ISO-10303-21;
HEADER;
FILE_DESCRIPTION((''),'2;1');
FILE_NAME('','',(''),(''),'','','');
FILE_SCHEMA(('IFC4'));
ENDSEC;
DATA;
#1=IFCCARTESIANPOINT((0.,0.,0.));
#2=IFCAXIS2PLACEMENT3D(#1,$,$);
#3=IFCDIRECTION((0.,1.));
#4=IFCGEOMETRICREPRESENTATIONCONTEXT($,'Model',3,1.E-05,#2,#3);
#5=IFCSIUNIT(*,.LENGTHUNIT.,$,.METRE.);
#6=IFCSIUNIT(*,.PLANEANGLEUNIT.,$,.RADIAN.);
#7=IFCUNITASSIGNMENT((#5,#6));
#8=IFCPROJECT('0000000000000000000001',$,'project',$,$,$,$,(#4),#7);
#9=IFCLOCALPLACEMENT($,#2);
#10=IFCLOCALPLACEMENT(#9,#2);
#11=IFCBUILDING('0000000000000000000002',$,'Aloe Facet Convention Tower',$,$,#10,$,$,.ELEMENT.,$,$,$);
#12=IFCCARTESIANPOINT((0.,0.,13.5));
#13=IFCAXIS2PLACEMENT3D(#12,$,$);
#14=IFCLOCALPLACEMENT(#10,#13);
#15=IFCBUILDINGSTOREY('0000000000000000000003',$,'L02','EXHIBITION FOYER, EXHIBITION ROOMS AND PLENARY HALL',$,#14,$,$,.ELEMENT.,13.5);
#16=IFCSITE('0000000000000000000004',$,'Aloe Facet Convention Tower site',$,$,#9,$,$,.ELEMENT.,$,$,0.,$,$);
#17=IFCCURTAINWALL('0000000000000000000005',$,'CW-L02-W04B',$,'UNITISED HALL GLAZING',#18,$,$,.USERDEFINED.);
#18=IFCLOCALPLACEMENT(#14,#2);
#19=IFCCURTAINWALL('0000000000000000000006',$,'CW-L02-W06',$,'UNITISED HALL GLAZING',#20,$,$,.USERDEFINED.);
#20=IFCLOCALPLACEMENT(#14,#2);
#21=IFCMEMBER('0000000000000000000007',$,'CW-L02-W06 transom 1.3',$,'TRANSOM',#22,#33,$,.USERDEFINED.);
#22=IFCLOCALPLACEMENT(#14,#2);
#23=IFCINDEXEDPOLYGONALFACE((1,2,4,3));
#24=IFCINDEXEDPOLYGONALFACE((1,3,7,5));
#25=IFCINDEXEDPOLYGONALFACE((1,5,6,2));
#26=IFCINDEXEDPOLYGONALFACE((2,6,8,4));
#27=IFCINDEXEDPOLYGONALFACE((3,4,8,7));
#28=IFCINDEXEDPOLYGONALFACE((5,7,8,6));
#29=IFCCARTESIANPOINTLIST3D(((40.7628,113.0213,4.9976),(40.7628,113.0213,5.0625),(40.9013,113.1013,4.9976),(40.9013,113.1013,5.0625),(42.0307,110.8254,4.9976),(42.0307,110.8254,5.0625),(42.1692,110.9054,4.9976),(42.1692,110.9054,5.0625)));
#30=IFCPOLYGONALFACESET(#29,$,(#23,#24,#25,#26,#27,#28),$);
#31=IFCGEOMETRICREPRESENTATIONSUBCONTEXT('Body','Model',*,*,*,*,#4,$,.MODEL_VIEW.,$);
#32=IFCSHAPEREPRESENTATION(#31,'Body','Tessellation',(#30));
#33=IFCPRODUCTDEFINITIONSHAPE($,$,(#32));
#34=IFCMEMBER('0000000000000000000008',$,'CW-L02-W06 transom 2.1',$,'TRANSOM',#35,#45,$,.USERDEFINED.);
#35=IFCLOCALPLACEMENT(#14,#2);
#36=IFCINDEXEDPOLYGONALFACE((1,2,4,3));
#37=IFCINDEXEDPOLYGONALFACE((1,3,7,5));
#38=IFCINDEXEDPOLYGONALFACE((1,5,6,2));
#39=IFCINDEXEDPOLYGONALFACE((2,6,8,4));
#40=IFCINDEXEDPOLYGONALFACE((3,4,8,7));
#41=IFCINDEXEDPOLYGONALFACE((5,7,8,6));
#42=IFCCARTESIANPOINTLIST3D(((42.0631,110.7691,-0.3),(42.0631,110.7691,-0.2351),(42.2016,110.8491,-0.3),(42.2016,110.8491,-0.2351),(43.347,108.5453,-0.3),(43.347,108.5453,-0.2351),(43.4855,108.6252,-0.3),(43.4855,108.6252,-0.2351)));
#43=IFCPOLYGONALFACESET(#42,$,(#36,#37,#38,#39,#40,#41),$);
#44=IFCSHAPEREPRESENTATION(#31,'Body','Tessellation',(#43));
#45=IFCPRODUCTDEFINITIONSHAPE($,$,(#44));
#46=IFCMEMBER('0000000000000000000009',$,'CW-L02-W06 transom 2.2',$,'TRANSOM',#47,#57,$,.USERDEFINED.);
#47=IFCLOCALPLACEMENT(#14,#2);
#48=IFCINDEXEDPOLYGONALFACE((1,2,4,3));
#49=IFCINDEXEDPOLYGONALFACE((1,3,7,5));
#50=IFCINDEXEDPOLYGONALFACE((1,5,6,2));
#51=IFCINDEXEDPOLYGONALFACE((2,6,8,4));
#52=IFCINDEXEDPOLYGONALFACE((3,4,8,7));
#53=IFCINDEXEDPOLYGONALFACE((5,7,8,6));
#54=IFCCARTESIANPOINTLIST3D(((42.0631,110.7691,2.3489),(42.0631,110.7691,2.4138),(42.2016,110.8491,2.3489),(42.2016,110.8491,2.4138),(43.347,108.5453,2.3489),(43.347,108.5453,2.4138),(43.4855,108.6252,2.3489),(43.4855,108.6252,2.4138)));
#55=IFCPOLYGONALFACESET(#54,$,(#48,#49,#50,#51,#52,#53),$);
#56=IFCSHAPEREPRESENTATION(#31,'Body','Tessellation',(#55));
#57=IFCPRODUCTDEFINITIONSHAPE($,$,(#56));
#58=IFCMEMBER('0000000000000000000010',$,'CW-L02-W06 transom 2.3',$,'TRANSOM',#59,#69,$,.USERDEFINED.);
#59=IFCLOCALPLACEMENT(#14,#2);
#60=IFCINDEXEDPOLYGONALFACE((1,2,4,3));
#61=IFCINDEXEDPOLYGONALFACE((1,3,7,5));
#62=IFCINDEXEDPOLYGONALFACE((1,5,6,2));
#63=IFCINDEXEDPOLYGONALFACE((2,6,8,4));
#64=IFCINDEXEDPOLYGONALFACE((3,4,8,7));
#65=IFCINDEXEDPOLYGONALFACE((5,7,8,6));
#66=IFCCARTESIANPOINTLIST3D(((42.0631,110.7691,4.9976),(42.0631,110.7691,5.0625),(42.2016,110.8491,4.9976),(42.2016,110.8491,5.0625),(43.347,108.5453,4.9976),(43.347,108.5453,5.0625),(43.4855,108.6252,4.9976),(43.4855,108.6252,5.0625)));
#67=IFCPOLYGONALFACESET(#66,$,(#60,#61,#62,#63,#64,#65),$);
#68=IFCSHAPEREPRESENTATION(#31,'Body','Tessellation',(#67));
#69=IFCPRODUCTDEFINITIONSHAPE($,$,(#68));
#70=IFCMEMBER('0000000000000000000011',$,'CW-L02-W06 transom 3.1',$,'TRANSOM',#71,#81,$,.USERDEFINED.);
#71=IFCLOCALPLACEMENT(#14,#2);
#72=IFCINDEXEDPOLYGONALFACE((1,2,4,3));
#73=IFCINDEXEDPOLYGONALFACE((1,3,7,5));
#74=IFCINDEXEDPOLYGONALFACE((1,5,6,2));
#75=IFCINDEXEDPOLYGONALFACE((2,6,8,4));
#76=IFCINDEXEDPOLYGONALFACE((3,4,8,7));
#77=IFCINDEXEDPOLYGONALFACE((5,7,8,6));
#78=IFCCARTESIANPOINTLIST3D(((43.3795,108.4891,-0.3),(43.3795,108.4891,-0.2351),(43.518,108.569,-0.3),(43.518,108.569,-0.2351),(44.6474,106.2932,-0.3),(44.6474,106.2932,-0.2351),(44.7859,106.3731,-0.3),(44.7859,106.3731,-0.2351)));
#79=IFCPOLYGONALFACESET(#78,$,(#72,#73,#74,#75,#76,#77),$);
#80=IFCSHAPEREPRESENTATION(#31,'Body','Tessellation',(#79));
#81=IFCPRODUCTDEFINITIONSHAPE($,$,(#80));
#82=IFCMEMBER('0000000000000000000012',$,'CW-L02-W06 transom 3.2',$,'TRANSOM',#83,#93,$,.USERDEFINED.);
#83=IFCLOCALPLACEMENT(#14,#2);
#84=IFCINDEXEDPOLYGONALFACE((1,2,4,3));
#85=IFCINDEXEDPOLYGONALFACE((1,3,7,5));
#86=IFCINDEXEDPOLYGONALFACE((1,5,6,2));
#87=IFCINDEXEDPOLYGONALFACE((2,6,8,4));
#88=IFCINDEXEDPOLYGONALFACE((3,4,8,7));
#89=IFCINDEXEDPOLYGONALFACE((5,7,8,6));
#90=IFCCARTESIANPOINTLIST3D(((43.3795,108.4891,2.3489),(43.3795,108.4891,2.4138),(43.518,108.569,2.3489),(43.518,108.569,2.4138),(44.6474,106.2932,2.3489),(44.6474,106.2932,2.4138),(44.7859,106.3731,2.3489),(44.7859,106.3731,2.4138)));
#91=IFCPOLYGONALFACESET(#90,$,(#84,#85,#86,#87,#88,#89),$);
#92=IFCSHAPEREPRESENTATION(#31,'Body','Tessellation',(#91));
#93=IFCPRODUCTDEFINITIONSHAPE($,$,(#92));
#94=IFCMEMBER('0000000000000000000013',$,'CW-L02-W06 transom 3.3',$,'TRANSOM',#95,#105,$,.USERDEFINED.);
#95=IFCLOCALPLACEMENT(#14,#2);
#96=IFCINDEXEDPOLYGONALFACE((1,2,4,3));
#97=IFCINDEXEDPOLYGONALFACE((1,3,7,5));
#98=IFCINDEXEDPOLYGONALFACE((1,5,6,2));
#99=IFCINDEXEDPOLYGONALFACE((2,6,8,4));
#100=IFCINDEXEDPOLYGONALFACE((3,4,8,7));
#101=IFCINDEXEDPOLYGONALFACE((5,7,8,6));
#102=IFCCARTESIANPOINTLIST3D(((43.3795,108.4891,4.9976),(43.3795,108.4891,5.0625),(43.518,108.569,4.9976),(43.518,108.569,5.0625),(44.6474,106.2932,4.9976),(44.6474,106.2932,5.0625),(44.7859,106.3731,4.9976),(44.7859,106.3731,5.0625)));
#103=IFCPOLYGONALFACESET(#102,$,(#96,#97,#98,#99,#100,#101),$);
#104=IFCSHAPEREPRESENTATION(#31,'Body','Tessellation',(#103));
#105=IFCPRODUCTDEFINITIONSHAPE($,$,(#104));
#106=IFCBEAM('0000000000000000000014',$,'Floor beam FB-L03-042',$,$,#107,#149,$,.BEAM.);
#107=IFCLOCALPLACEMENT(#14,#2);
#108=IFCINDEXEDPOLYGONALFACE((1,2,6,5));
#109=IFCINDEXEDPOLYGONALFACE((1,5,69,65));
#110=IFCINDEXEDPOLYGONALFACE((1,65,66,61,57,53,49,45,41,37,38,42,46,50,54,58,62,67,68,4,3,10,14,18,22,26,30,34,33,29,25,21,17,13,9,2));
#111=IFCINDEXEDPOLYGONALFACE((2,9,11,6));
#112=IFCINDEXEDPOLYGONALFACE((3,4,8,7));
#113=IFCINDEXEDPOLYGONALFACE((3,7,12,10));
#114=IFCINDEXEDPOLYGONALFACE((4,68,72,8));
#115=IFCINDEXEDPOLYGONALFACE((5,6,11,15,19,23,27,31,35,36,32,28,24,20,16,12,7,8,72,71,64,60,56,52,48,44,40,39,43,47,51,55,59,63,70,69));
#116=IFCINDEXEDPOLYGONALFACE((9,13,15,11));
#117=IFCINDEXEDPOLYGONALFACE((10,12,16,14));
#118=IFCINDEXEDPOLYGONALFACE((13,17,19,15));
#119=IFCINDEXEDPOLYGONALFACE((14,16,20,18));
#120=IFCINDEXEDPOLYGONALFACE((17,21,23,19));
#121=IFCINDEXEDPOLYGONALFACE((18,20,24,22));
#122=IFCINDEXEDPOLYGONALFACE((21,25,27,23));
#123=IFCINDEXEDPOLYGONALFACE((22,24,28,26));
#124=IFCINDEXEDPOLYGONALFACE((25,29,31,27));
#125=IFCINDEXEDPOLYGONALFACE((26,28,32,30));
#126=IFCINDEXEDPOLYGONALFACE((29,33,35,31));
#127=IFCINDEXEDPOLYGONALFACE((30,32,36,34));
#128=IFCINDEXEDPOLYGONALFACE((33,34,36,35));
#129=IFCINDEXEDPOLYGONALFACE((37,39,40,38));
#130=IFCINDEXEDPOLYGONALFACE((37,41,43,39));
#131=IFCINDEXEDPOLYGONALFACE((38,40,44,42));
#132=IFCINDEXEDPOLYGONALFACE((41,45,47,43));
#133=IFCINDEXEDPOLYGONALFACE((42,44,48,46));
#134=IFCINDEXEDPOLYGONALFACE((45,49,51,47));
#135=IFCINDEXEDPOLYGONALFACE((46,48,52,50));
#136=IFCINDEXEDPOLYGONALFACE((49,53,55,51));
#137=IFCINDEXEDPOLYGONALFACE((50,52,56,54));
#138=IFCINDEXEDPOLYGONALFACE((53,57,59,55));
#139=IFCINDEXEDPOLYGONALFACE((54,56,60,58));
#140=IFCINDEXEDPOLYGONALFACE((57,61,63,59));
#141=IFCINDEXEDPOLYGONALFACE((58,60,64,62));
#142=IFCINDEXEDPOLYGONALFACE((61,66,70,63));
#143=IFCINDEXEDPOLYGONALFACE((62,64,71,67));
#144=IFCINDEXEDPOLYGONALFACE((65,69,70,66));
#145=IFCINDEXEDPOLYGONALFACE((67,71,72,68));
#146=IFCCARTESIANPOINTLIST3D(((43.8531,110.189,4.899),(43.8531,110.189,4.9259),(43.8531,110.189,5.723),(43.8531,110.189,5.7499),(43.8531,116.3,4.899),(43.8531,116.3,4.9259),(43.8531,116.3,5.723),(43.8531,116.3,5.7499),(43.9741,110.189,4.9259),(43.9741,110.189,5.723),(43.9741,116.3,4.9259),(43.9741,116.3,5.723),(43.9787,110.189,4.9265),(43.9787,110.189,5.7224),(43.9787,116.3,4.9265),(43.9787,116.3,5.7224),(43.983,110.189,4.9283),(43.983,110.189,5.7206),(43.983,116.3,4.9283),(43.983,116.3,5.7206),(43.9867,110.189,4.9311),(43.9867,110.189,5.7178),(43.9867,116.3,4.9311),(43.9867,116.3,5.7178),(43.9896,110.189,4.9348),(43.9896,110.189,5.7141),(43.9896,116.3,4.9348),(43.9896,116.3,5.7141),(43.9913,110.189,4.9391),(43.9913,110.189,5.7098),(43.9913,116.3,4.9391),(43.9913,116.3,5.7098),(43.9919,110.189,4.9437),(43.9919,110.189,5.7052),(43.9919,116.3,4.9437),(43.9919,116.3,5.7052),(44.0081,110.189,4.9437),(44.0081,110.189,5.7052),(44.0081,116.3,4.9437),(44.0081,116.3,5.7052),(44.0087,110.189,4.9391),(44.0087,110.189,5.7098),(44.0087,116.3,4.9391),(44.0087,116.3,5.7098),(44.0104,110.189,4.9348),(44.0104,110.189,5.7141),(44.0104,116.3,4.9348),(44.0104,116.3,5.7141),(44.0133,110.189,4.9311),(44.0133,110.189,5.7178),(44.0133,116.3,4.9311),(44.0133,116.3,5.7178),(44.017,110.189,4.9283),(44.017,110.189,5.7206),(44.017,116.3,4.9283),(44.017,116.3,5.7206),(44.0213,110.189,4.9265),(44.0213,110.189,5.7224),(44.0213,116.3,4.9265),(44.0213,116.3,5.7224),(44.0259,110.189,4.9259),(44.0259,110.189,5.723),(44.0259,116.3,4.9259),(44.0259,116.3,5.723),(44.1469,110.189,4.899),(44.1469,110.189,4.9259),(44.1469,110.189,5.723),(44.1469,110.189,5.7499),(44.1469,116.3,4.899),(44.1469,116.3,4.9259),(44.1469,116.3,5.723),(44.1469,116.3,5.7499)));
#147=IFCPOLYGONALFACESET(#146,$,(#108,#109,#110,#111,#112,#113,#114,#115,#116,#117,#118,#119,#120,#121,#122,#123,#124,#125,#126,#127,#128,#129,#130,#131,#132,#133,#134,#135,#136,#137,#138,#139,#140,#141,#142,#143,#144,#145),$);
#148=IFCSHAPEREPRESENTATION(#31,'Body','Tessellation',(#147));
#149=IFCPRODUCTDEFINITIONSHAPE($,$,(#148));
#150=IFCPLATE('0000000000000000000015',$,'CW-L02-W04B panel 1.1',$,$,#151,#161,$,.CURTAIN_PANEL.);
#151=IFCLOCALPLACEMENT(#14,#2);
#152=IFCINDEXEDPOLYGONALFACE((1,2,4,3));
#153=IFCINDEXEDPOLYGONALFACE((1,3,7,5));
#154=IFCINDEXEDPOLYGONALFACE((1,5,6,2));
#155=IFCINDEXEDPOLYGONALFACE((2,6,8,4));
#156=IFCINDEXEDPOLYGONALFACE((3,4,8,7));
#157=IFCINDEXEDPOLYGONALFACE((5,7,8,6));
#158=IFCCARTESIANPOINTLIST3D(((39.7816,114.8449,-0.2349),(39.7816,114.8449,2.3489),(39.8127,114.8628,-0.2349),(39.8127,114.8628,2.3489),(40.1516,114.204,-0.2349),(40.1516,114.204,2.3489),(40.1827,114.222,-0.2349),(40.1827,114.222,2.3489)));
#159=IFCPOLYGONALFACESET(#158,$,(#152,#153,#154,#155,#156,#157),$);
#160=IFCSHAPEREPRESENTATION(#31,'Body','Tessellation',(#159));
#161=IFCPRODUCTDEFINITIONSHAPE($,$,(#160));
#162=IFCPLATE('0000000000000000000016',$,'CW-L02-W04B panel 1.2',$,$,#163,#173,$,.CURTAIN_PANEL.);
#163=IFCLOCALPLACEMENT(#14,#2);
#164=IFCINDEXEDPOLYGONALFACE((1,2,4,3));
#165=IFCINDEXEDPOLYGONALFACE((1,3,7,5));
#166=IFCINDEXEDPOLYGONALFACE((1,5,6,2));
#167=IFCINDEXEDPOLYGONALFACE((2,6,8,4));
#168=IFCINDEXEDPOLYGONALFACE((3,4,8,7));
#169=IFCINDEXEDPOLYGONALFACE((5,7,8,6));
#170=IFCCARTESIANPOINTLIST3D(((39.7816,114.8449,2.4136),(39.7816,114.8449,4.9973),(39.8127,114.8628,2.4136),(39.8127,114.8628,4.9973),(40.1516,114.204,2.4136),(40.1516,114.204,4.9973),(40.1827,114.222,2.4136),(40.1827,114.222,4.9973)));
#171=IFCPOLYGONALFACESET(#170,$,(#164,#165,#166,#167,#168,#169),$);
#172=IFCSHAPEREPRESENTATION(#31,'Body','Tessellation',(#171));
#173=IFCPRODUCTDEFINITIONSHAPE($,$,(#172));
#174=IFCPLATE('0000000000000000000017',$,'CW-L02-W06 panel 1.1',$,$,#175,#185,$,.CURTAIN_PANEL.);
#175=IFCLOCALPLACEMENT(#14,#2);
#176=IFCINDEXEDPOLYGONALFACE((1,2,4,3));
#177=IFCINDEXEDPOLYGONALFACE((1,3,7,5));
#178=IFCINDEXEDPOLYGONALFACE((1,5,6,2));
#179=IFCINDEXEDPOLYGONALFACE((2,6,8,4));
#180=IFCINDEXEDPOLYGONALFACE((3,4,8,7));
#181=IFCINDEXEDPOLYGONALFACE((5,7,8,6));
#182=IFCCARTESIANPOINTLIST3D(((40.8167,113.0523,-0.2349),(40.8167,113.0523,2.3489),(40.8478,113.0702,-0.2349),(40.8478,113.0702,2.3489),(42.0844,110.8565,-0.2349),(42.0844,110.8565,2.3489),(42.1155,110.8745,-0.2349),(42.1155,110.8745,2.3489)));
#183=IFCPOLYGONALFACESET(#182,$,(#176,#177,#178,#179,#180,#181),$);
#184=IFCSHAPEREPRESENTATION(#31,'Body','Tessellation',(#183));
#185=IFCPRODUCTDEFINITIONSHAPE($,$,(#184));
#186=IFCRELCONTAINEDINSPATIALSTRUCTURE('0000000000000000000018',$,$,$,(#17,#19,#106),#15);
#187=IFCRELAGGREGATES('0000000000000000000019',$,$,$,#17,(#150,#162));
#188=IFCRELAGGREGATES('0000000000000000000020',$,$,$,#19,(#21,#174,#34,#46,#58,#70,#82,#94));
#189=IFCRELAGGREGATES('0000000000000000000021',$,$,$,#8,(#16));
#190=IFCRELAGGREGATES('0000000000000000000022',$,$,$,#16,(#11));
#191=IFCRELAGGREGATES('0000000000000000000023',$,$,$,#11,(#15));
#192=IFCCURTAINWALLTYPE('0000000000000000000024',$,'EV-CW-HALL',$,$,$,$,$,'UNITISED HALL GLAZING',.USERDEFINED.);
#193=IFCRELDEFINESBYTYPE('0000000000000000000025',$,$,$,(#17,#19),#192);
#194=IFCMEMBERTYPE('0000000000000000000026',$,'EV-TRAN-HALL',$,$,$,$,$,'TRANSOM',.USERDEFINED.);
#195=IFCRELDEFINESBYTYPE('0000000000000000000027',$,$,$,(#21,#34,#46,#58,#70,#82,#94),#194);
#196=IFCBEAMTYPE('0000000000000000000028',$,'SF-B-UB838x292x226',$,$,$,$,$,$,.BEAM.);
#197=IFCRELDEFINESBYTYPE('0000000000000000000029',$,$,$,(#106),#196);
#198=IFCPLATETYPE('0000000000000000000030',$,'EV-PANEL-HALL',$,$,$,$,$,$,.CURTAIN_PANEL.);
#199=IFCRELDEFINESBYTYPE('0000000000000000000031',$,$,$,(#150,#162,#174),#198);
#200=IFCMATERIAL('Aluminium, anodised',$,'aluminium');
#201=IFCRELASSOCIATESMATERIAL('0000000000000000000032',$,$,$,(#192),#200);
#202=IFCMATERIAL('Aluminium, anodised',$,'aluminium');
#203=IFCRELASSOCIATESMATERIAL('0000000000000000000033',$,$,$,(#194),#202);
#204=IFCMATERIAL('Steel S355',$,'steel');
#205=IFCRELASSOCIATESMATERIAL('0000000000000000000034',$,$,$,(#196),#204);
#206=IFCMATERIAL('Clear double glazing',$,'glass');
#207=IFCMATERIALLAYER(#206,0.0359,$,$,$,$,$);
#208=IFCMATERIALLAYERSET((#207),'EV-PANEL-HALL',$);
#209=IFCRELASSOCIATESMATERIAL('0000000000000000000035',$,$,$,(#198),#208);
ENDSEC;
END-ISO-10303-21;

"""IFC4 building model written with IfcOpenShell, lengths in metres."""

from ifc_helpers import new_model, si_unit, direction, frame, origin, origin_2d, place, context, subcontext, project, spatial, rectangle, i_section, extrude, material, layer, layer_set, material_profile, profile_set, type_object, element, aggregate, save


model = new_model("IFC4")

# Units and contexts
model_context = context("Model", 3, precision=1e-05, world=origin(), true_north=direction((0.0, 1.0)))
body_context = subcontext(model_context, "Body", "Model", "MODEL_VIEW")
ifc_project = project(units=[si_unit("LENGTHUNIT", "METRE"), si_unit("PLANEANGLEUNIT", "RADIAN")], contexts=[model_context])

# Site, building, storey
site_placement = place(None, origin())
site = spatial("IfcSite", under=ifc_project, at=site_placement, Name="Aloe Facet Convention Tower site", CompositionType="ELEMENT", RefElevation=0.0)
building_placement = place(site_placement, origin())
building = spatial("IfcBuilding", under=site, at=building_placement, Name="Aloe Facet Convention Tower", CompositionType="ELEMENT")
storey_placement = place(building_placement, frame((0.0, 0.0, 13.5)))
storey = spatial("IfcBuildingStorey", under=building, at=storey_placement, Name="L02", Description="EXHIBITION FOYER, EXHIBITION ROOMS AND PLENARY HALL", CompositionType="ELEMENT", Elevation=13.5)

# Curtain walls
ifc_material_1 = material(Name="Aluminium, anodised", Category="aluminium")
curtain_wall_type = type_object("IfcCurtainWallType", Name="EV-CW-HALL", ElementType="UNITISED HALL GLAZING", PredefinedType="USERDEFINED", material=ifc_material_1)
curtain_wall_1_placement = place(storey_placement, origin())
curtain_wall_1 = element("IfcCurtainWall", 1, at=curtain_wall_1_placement, inside=storey, type_object=curtain_wall_type, Name="CW-L02-W04B", ObjectType="UNITISED HALL GLAZING", PredefinedType="USERDEFINED")
curtain_wall_2_placement = place(storey_placement, origin())
curtain_wall_2 = element("IfcCurtainWall", 2, at=curtain_wall_2_placement, inside=storey, type_object=curtain_wall_type, Name="CW-L02-W06", ObjectType="UNITISED HALL GLAZING", PredefinedType="USERDEFINED")

# Members
ifc_material_2 = material(Name="Aluminium, anodised", Category="aluminium")
ifc_material_profile_1 = material_profile(ifc_material_2, rectangle(XDim=0.1599, YDim=0.0649, at=origin_2d()), Name="AL 160x65")
ifc_profile_set_1 = profile_set([ifc_material_profile_1], Name="Aluminium, anodised")
member_type_1 = type_object("IfcMemberType", Name="EV-TRAN-HALL", ElementType="TRANSOM", PredefinedType="USERDEFINED", material=ifc_profile_set_1)
member_1_placement = place(storey_placement, frame((40.832, 113.0613, 5.03), z_axis=(0.500023, -0.866012, 0.0), x_axis=(0.866012, 0.500023, 0.0)))
member_1 = element("IfcMember", 3, at=member_1_placement, type_object=member_type_1, Name="CW-L02-W06 transom 1.3", ObjectType="TRANSOM", PredefinedType="USERDEFINED", context=body_context, shape_type="SweptSolid", body=[
    extrude(rectangle(XDim=0.1599, YDim=0.0649, at=origin_2d()), origin(), (0.0, 0.0, 1.0), 2.5356),
])
member_2_placement = place(storey_placement, frame((42.1323, 110.8091, -0.2676), z_axis=(0.499994, -0.866029, 0.0), x_axis=(0.866029, 0.499994, 0.0)))
member_2 = element("IfcMember", 4, at=member_2_placement, type_object=member_type_1, Name="CW-L02-W06 transom 2.1", ObjectType="TRANSOM", PredefinedType="USERDEFINED", context=body_context, shape_type="SweptSolid", body=[
    extrude(rectangle(XDim=0.1599, YDim=0.0649, at=origin_2d()), origin(), (0.0, 0.0, 1.0), 2.5679),
])
member_3_placement = place(storey_placement, frame((42.1323, 110.8091, 2.3813), z_axis=(0.499994, -0.866029, 0.0), x_axis=(0.866029, 0.499994, 0.0)))
member_3 = element("IfcMember", 5, at=member_3_placement, type_object=member_type_1, Name="CW-L02-W06 transom 2.2", ObjectType="TRANSOM", PredefinedType="USERDEFINED", context=body_context, shape_type="SweptSolid", body=[
    extrude(rectangle(XDim=0.1599, YDim=0.0649, at=origin_2d()), origin(), (0.0, 0.0, 1.0), 2.5679),
])
member_4_placement = place(storey_placement, frame((42.1323, 110.8091, 5.03), z_axis=(0.499994, -0.866029, 0.0), x_axis=(0.866029, 0.499994, 0.0)))
member_4 = element("IfcMember", 6, at=member_4_placement, type_object=member_type_1, Name="CW-L02-W06 transom 2.3", ObjectType="TRANSOM", PredefinedType="USERDEFINED", context=body_context, shape_type="SweptSolid", body=[
    extrude(rectangle(XDim=0.1599, YDim=0.0649, at=origin_2d()), origin(), (0.0, 0.0, 1.0), 2.5679),
])
member_5_placement = place(storey_placement, frame((43.4487, 108.5291, -0.2676), z_axis=(0.500023, -0.866012, 0.0), x_axis=(0.866012, 0.500023, 0.0)))
member_5 = element("IfcMember", 7, at=member_5_placement, type_object=member_type_1, Name="CW-L02-W06 transom 3.1", ObjectType="TRANSOM", PredefinedType="USERDEFINED", context=body_context, shape_type="SweptSolid", body=[
    extrude(rectangle(XDim=0.1599, YDim=0.0649, at=origin_2d()), origin(), (0.0, 0.0, 1.0), 2.5356),
])
member_6_placement = place(storey_placement, frame((43.4487, 108.5291, 2.3813), z_axis=(0.500023, -0.866012, 0.0), x_axis=(0.866012, 0.500023, 0.0)))
member_6 = element("IfcMember", 8, at=member_6_placement, type_object=member_type_1, Name="CW-L02-W06 transom 3.2", ObjectType="TRANSOM", PredefinedType="USERDEFINED", context=body_context, shape_type="SweptSolid", body=[
    extrude(rectangle(XDim=0.1599, YDim=0.0649, at=origin_2d()), origin(), (0.0, 0.0, 1.0), 2.5356),
])
member_7_placement = place(storey_placement, frame((43.4487, 108.5291, 5.03), z_axis=(0.500023, -0.866012, 0.0), x_axis=(0.866012, 0.500023, 0.0)))
member_7 = element("IfcMember", 9, at=member_7_placement, type_object=member_type_1, Name="CW-L02-W06 transom 3.3", ObjectType="TRANSOM", PredefinedType="USERDEFINED", context=body_context, shape_type="SweptSolid", body=[
    extrude(rectangle(XDim=0.1599, YDim=0.0649, at=origin_2d()), origin(), (0.0, 0.0, 1.0), 2.5356),
])

# Beam
ifc_material_3 = material(Name="Steel S355", Category="steel")
ifc_material_profile_2 = material_profile(ifc_material_3, i_section(OverallWidth=0.2937, OverallDepth=0.8508, WebThickness=0.0161, FlangeThickness=0.0269, FilletRadius=0.0178, at=origin_2d()), Name="UB 838x292x226")
ifc_profile_set_2 = profile_set([ifc_material_profile_2], Name="Steel S355")
beam_type_1 = type_object("IfcBeamType", Name="SF-B-UB838x292x226", PredefinedType="BEAM", material=ifc_profile_set_2)
beam_1_placement = place(storey_placement, frame((44.0, 110.189, 5.3245), z_axis=(0.0, 1.0, 0.0), x_axis=(-1.0, 0.0, 0.0)))
element("IfcBeam", 10, at=beam_1_placement, inside=storey, type_object=beam_type_1, Name="Floor beam FB-L03-042", PredefinedType="BEAM", context=body_context, shape_type="SweptSolid", body=[
    extrude(i_section(OverallWidth=0.2937, OverallDepth=0.8508, WebThickness=0.0161, FlangeThickness=0.0269, FilletRadius=0.0178, at=origin_2d()), origin(), (0.0, 0.0, 1.0), 6.1111),
])

# Plates
ifc_material_4 = material(Name="Clear double glazing", Category="glass")
ifc_layer_1 = layer(ifc_material_4, 0.0359)
ifc_layer_set_1 = layer_set([ifc_layer_1], Name="EV-PANEL-HALL")
plate_type = type_object("IfcPlateType", Name="EV-PANEL-HALL", PredefinedType="CURTAIN_PANEL", material=ifc_layer_set_1)
plate_1_placement = place(storey_placement, frame((39.9822, 114.5334, -0.2349), z_axis=(0.0, 0.0, 1.0), x_axis=(0.5, -0.866025, 0.0)))
plate_1 = element("IfcPlate", 11, at=plate_1_placement, type_object=plate_type, Name="CW-L02-W04B panel 1.1", PredefinedType="CURTAIN_PANEL", context=body_context, shape_type="SweptSolid", body=[
    extrude(rectangle(XDim=0.74, YDim=0.0359, at=origin_2d()), origin(), (0.0, 0.0, 1.0), 2.5837),
])
plate_2_placement = place(storey_placement, frame((39.9822, 114.5334, 2.4136), z_axis=(0.0, 0.0, 1.0), x_axis=(0.5, -0.866025, 0.0)))
plate_2 = element("IfcPlate", 12, at=plate_2_placement, type_object=plate_type, Name="CW-L02-W04B panel 1.2", PredefinedType="CURTAIN_PANEL", context=body_context, shape_type="SweptSolid", body=[
    extrude(rectangle(XDim=0.74, YDim=0.0359, at=origin_2d()), origin(), (0.0, 0.0, 1.0), 2.5837),
])
aggregate(curtain_wall_1, [plate_1, plate_2])
plate_3_placement = place(storey_placement, frame((41.4661, 111.9634, -0.2349), z_axis=(0.0, 0.0, 1.0), x_axis=(0.5, -0.866025, 0.0)))
plate_3 = element("IfcPlate", 13, at=plate_3_placement, type_object=plate_type, Name="CW-L02-W06 panel 1.1", PredefinedType="CURTAIN_PANEL", context=body_context, shape_type="SweptSolid", body=[
    extrude(rectangle(XDim=2.5354, YDim=0.0359, at=origin_2d()), origin(), (0.0, 0.0, 1.0), 2.5837),
])
aggregate(curtain_wall_2, [member_1, plate_3, member_2, member_3, member_4, member_5, member_6, member_7])

save(model, "model.ifc")
